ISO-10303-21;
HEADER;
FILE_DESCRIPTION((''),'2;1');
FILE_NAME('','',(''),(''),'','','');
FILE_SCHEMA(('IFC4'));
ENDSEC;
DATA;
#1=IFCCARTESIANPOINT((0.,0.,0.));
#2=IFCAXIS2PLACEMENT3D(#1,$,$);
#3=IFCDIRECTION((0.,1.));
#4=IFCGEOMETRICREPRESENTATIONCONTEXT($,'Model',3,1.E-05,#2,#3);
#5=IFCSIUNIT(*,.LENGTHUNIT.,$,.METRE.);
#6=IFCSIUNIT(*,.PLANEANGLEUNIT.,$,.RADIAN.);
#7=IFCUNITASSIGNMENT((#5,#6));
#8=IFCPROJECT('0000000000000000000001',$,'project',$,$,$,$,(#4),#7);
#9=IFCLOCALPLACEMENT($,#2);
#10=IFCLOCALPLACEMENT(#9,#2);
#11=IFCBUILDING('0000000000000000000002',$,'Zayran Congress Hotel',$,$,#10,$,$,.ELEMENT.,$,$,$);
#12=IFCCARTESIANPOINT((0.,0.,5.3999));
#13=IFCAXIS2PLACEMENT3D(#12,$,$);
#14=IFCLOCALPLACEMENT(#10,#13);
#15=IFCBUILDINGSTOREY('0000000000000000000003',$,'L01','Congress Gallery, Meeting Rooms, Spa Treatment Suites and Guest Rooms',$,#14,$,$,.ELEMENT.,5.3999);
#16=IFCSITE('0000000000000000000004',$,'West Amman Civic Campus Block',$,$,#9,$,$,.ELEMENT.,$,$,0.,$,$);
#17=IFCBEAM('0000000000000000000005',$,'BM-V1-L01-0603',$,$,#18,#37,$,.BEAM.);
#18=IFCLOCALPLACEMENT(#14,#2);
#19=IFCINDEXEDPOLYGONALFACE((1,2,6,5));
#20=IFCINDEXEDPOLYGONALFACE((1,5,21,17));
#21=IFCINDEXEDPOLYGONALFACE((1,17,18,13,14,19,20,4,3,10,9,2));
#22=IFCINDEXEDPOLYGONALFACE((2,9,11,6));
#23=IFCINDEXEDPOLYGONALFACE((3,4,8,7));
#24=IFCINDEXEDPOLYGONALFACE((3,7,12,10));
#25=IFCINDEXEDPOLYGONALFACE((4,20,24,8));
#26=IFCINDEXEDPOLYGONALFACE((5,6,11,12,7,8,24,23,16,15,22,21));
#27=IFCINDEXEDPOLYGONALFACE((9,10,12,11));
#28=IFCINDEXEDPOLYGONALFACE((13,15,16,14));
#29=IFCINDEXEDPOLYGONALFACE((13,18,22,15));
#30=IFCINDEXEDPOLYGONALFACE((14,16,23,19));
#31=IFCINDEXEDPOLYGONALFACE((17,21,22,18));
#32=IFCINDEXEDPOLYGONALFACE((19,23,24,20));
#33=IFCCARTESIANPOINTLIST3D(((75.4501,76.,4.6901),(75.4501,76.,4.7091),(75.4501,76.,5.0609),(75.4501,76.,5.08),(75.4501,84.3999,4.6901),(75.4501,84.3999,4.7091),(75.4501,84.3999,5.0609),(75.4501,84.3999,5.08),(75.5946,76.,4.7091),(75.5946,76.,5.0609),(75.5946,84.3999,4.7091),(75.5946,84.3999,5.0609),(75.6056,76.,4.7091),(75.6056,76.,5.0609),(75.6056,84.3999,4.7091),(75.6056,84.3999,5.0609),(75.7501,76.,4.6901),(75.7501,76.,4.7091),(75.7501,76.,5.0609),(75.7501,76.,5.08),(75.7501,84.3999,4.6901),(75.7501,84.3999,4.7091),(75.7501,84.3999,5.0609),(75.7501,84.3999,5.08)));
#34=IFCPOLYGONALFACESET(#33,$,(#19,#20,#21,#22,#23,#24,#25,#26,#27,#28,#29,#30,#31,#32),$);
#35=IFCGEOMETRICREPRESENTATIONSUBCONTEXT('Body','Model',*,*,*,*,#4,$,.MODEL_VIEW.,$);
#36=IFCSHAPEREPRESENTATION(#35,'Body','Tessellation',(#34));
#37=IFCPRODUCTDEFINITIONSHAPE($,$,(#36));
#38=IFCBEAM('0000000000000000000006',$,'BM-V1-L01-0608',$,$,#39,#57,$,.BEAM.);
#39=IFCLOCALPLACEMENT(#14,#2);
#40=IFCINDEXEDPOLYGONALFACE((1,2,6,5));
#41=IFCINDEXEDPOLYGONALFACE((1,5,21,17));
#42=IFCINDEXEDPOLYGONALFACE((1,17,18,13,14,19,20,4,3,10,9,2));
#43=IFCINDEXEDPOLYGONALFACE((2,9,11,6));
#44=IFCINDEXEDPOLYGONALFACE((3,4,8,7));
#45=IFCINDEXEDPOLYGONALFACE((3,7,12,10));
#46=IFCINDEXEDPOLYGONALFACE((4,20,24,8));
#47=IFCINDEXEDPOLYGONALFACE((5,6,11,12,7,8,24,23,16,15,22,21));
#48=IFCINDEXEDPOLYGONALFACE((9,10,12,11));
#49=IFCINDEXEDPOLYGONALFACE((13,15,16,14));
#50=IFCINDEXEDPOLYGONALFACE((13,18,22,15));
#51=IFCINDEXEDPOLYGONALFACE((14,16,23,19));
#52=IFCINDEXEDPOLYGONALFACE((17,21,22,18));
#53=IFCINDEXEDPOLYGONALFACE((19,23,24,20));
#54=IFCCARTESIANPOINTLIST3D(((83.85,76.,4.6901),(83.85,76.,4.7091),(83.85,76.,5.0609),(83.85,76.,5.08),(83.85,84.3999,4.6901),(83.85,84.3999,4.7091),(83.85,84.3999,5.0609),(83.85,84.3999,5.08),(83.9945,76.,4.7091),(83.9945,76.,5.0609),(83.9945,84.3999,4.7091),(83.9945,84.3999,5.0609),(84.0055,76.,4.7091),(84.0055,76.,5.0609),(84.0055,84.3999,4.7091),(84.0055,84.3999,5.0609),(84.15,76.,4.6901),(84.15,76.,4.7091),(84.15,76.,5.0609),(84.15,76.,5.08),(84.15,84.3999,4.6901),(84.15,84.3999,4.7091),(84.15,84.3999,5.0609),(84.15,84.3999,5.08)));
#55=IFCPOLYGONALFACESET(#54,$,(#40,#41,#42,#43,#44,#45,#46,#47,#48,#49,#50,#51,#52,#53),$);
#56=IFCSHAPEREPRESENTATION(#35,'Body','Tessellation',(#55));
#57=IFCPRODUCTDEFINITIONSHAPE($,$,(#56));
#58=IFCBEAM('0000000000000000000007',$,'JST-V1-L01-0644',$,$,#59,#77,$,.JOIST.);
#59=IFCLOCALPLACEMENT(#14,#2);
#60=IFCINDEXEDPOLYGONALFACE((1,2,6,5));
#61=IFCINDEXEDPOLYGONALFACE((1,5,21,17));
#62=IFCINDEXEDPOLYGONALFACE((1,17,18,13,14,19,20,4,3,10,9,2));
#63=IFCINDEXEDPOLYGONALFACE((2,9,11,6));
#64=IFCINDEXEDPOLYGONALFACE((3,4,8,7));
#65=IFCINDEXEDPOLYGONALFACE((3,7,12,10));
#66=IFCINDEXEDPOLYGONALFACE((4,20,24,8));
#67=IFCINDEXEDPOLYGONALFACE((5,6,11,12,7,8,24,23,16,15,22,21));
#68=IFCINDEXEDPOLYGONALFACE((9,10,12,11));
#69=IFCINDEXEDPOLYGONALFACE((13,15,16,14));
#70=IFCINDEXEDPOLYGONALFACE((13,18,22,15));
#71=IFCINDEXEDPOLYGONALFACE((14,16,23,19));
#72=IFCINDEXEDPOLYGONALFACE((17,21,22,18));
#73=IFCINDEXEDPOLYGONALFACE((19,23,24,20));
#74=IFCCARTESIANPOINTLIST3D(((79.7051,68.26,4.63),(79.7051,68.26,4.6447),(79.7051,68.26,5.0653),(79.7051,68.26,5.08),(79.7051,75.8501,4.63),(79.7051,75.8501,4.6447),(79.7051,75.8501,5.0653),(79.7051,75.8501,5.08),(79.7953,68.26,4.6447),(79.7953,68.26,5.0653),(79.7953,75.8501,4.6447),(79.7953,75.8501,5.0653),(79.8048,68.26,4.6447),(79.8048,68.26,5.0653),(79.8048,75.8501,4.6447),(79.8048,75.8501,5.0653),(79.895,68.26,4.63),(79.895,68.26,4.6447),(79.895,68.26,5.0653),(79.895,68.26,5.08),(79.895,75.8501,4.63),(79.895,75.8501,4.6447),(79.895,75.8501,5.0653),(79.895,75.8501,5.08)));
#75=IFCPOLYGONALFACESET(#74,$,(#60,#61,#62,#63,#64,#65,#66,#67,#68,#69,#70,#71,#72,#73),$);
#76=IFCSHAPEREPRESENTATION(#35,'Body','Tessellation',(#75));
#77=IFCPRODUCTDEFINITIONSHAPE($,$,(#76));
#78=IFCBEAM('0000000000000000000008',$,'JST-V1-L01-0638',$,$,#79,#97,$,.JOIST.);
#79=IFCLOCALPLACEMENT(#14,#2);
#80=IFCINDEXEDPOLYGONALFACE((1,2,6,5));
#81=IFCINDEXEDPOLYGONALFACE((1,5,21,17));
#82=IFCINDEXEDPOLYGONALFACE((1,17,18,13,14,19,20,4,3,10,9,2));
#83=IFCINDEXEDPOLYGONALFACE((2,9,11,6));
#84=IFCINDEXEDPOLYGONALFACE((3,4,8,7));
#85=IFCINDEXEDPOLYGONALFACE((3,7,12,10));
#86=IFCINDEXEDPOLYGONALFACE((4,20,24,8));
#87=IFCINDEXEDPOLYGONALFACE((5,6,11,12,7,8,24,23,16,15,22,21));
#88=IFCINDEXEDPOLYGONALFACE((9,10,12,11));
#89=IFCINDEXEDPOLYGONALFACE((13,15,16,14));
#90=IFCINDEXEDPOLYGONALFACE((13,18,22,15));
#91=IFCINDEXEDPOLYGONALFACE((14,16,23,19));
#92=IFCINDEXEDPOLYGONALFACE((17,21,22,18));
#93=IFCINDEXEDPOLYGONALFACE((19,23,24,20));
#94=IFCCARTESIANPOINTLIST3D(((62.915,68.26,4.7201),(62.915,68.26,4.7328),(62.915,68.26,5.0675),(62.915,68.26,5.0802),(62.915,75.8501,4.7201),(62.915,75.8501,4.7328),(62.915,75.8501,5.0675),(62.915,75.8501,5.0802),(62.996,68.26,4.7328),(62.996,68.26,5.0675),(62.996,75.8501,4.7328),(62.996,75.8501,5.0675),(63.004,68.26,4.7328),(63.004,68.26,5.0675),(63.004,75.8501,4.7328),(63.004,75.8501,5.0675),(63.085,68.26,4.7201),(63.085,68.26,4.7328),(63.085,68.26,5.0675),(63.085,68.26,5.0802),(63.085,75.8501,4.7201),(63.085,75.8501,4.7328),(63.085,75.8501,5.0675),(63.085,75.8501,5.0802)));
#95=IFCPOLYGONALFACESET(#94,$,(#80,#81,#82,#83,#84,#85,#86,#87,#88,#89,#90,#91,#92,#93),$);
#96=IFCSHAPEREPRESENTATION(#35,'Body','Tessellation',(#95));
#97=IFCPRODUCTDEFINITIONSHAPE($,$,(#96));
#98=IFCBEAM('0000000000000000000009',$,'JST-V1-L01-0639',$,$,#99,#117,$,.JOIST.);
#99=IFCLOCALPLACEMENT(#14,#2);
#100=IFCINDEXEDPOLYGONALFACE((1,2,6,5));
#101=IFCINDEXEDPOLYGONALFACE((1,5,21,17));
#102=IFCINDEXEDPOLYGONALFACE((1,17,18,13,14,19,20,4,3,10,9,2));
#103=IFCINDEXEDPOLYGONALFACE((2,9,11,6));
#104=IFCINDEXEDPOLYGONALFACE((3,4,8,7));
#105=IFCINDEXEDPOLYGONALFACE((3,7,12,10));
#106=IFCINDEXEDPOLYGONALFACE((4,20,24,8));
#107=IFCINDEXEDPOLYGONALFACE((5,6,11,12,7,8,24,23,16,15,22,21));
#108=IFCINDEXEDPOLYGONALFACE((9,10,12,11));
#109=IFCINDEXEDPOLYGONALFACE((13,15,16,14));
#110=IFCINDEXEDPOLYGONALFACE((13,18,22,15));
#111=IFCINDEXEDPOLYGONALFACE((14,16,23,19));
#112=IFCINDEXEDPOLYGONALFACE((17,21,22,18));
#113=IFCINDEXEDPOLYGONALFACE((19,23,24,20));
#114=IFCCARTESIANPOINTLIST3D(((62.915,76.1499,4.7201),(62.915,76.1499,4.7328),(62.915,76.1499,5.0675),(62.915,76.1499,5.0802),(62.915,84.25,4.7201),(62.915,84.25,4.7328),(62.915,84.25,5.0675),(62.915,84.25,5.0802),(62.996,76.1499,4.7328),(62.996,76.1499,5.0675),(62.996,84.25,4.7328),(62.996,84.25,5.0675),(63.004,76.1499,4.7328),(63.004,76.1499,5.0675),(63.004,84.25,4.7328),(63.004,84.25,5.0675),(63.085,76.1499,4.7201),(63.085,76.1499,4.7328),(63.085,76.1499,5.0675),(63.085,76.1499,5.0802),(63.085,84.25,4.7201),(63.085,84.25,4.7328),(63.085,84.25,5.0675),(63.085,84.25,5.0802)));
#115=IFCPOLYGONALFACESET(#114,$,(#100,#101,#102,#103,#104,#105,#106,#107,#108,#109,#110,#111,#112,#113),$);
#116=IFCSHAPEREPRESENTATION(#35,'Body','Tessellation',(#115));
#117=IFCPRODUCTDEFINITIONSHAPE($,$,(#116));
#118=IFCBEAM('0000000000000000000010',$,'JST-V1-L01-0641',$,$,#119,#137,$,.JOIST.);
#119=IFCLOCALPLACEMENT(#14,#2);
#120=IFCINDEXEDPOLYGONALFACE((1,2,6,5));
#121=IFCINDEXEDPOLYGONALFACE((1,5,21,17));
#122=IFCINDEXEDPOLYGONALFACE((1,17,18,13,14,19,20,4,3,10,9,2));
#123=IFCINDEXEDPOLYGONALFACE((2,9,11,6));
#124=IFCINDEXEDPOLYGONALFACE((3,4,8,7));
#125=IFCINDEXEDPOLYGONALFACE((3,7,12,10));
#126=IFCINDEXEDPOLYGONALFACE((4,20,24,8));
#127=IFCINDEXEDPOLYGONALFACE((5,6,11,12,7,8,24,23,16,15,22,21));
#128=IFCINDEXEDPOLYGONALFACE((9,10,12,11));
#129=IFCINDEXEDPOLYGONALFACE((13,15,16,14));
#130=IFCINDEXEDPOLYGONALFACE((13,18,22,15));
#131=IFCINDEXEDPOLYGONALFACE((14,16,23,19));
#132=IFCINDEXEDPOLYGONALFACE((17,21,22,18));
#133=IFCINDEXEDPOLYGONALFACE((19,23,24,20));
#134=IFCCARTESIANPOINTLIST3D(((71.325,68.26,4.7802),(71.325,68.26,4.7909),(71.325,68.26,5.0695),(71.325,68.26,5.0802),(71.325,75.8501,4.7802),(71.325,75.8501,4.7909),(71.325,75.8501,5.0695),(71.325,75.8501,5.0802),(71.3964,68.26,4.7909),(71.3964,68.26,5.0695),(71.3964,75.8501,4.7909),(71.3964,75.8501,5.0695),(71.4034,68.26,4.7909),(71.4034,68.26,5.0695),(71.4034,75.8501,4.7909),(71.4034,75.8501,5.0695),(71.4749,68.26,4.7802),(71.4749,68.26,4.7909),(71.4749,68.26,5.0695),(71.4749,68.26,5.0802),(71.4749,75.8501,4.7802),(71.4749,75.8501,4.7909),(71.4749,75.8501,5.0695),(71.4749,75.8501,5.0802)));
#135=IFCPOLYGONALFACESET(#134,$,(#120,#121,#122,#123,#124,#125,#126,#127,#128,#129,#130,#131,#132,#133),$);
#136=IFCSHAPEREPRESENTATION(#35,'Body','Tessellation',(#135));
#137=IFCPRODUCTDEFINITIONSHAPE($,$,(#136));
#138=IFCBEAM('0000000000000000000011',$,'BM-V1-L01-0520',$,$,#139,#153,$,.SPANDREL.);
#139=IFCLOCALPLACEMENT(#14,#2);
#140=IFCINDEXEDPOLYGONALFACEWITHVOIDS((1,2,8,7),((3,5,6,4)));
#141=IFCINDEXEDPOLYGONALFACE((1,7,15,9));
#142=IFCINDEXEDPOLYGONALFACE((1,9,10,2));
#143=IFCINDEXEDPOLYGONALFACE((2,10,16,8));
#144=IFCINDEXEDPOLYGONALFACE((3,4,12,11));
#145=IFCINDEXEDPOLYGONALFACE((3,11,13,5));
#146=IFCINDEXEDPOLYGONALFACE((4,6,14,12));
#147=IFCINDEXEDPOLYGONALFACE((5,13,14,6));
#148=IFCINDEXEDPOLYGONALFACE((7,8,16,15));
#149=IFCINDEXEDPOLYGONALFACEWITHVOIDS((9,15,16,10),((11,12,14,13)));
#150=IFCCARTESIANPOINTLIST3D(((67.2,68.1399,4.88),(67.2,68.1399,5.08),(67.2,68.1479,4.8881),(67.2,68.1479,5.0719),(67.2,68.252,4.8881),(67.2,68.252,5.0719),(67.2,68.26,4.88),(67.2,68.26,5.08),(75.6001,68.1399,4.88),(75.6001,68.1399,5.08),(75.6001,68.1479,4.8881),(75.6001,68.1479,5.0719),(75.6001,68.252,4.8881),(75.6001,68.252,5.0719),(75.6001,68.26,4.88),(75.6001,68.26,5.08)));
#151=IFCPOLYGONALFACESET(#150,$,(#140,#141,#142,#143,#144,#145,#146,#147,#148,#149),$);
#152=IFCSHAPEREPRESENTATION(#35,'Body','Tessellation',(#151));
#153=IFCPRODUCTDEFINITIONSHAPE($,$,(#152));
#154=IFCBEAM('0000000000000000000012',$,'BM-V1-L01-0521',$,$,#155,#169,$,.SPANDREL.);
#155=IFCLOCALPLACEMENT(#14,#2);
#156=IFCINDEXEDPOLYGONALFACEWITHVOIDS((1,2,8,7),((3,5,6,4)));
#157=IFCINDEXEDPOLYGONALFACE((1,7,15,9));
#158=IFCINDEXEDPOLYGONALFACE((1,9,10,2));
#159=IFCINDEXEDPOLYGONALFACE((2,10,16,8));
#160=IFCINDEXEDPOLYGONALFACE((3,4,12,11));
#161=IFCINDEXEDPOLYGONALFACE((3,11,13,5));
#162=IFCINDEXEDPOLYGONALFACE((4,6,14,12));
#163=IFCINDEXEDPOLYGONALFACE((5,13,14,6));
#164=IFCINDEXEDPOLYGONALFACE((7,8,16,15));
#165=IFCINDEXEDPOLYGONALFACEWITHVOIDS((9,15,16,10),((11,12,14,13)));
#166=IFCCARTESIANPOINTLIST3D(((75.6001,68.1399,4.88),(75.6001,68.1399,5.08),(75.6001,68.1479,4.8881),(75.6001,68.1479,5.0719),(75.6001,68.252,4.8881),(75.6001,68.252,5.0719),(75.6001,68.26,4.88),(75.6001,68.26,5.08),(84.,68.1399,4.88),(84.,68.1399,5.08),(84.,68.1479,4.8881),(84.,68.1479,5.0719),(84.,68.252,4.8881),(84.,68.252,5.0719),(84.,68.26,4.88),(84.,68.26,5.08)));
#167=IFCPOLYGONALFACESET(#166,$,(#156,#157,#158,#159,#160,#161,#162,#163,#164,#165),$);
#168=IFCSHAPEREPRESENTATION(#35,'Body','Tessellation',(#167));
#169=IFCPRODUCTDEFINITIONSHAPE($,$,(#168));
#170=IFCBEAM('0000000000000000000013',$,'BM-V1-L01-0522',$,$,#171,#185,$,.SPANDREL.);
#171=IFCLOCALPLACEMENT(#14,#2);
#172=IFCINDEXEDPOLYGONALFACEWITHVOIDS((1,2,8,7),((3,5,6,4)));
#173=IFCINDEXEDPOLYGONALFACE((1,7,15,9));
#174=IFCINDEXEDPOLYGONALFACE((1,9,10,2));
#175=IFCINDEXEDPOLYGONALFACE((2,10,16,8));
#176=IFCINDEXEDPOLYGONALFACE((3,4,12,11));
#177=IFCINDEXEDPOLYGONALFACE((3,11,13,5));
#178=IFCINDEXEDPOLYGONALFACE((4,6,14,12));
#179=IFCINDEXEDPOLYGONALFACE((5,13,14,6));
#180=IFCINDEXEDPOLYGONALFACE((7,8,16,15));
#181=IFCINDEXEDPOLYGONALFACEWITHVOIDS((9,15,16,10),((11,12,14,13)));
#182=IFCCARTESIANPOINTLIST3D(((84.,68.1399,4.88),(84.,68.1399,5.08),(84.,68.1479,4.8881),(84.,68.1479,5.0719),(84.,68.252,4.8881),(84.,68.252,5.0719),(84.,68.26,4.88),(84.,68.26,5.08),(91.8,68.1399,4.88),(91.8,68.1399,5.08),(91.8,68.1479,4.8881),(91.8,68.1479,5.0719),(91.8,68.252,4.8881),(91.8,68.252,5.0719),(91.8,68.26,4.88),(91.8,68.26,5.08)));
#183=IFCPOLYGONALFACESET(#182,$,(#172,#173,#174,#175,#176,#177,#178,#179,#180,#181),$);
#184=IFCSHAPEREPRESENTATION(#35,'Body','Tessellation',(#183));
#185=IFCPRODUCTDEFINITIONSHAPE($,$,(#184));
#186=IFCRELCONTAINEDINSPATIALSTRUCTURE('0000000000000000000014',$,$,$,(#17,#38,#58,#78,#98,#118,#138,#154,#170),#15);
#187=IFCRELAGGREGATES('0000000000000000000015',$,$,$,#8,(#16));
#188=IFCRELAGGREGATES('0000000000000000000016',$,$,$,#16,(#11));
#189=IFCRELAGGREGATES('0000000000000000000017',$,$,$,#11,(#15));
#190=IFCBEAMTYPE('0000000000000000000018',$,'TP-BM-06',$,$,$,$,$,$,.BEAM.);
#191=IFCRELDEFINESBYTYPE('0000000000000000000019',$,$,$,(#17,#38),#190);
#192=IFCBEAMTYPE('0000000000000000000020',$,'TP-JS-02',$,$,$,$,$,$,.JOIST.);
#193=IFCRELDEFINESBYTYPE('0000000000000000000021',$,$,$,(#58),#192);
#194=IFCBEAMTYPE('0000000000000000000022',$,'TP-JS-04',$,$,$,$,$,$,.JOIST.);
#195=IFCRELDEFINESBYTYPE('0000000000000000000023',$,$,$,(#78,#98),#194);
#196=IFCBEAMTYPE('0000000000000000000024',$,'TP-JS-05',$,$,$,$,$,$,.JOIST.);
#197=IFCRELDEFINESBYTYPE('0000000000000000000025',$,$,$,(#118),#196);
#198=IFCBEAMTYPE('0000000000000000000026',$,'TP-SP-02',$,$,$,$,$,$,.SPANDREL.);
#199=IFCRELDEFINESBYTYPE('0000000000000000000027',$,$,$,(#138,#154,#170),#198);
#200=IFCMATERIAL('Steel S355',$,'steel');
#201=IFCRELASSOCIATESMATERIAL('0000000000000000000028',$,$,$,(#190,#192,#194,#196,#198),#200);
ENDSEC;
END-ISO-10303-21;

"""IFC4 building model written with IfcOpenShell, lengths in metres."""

from ifc_helpers import new_model, si_unit, direction, frame, origin, origin_2d, place, context, subcontext, project, spatial, hollow_rectangle, i_section, extrude, material, material_profile, profile_set, type_object, element, save


model = new_model("IFC4")

# Units and contexts
model_context = context("Model", 3, precision=1e-05, world=origin(), true_north=direction((0.0, 1.0)))
body_context = subcontext(model_context, "Body", "Model", "MODEL_VIEW")
ifc_project = project(units=[si_unit("LENGTHUNIT", "METRE"), si_unit("PLANEANGLEUNIT", "RADIAN")], contexts=[model_context])

# Site, building, storey
site_placement = place(None, origin())
site = spatial("IfcSite", under=ifc_project, at=site_placement, Name="West Amman Civic Campus Block", CompositionType="ELEMENT", RefElevation=0.0)
building_placement = place(site_placement, origin())
building = spatial("IfcBuilding", under=site, at=building_placement, Name="Zayran Congress Hotel", CompositionType="ELEMENT")
storey_placement = place(building_placement, frame((0.0, 0.0, 5.3999)))
storey = spatial("IfcBuildingStorey", under=building, at=storey_placement, Name="L01", Description="Congress Gallery, Meeting Rooms, Spa Treatment Suites and Guest Rooms", CompositionType="ELEMENT", Elevation=5.3999)

# Beams
ifc_material_1 = material(Name="Steel S355", Category="steel")
ifc_material_profile_1 = material_profile(ifc_material_1, i_section(OverallWidth=0.3, OverallDepth=0.3899, WebThickness=0.011, FlangeThickness=0.019, at=origin_2d()), Name="HEA 400")
ifc_profile_set_1 = profile_set([ifc_material_profile_1], Name="Steel S355")
beam_type_1 = type_object("IfcBeamType", Name="TP-BM-06", PredefinedType="BEAM", material=ifc_profile_set_1)
for number, where, z_axis, x_axis, name in (
    (1, (75.6001, 76.0, 4.885), (0.0, 1.0, 0.0), (-1.0, 0.0, 0.0), "BM-V1-L01-0603"),
    (2, (84.0, 76.0, 4.885), (0.0, 1.0, 0.0), (-1.0, 0.0, 0.0), "BM-V1-L01-0608"),
):
    element("IfcBeam", number, at=place(storey_placement, frame(where, z_axis=z_axis, x_axis=x_axis)), inside=storey, type_object=beam_type_1, Name=name, PredefinedType="BEAM", context=body_context, shape_type="SweptSolid", body=[
        extrude(i_section(OverallWidth=0.3, OverallDepth=0.3899, WebThickness=0.011, FlangeThickness=0.019, at=origin_2d()), origin(), (0.0, 0.0, 1.0), 8.3999),
    ])
ifc_material_profile_2 = material_profile(ifc_material_1, i_section(OverallWidth=0.1899, OverallDepth=0.45, WebThickness=0.0095, FlangeThickness=0.0146, at=origin_2d()), Name="IPE 450")
ifc_profile_set_2 = profile_set([ifc_material_profile_2], Name="Steel S355")
beam_type_2 = type_object("IfcBeamType", Name="TP-JS-02", PredefinedType="JOIST", material=ifc_profile_set_2)
beam_1_placement = place(storey_placement, frame((79.8, 68.26, 4.855), z_axis=(0.0, 1.0, 0.0), x_axis=(-1.0, 0.0, 0.0)))
element("IfcBeam", 3, at=beam_1_placement, inside=storey, type_object=beam_type_2, Name="JST-V1-L01-0644", PredefinedType="JOIST", context=body_context, shape_type="SweptSolid", body=[
    extrude(i_section(OverallWidth=0.1899, OverallDepth=0.45, WebThickness=0.0095, FlangeThickness=0.0146, at=origin_2d()), origin(), (0.0, 0.0, 1.0), 7.5901),
])
ifc_material_profile_3 = material_profile(ifc_material_1, i_section(OverallWidth=0.1699, OverallDepth=0.3601, WebThickness=0.0081, FlangeThickness=0.0127, at=origin_2d()), Name="IPE 360")
ifc_profile_set_3 = profile_set([ifc_material_profile_3], Name="Steel S355")
beam_type_3 = type_object("IfcBeamType", Name="TP-JS-04", PredefinedType="JOIST", material=ifc_profile_set_3)
beam_2_placement = place(storey_placement, frame((63.0, 68.26, 4.9001), z_axis=(0.0, 1.0, 0.0), x_axis=(-1.0, 0.0, 0.0)))
element("IfcBeam", 4, at=beam_2_placement, inside=storey, type_object=beam_type_3, Name="JST-V1-L01-0638", PredefinedType="JOIST", context=body_context, shape_type="SweptSolid", body=[
    extrude(i_section(OverallWidth=0.1699, OverallDepth=0.3601, WebThickness=0.0081, FlangeThickness=0.0127, at=origin_2d()), origin(), (0.0, 0.0, 1.0), 7.5901),
])
beam_3_placement = place(storey_placement, frame((63.0, 76.1499, 4.9001), z_axis=(0.0, 1.0, 0.0), x_axis=(-1.0, 0.0, 0.0)))
element("IfcBeam", 5, at=beam_3_placement, inside=storey, type_object=beam_type_3, Name="JST-V1-L01-0639", PredefinedType="JOIST", context=body_context, shape_type="SweptSolid", body=[
    extrude(i_section(OverallWidth=0.1699, OverallDepth=0.3601, WebThickness=0.0081, FlangeThickness=0.0127, at=origin_2d()), origin(), (0.0, 0.0, 1.0), 8.1001),
])
ifc_material_profile_4 = material_profile(ifc_material_1, i_section(OverallWidth=0.1499, OverallDepth=0.3, WebThickness=0.0071, FlangeThickness=0.0107, at=origin_2d()), Name="IPE 300")
ifc_profile_set_4 = profile_set([ifc_material_profile_4], Name="Steel S355")
beam_type_4 = type_object("IfcBeamType", Name="TP-JS-05", PredefinedType="JOIST", material=ifc_profile_set_4)
beam_4_placement = place(storey_placement, frame((71.3999, 68.26, 4.9302), z_axis=(0.0, 1.0, 0.0), x_axis=(-1.0, 0.0, 0.0)))
element("IfcBeam", 6, at=beam_4_placement, inside=storey, type_object=beam_type_4, Name="JST-V1-L01-0641", PredefinedType="JOIST", context=body_context, shape_type="SweptSolid", body=[
    extrude(i_section(OverallWidth=0.1499, OverallDepth=0.3, WebThickness=0.0071, FlangeThickness=0.0107, at=origin_2d()), origin(), (0.0, 0.0, 1.0), 7.5901),
])
ifc_material_profile_5 = material_profile(ifc_material_1, hollow_rectangle(XDim=0.1201, YDim=0.2, WallThickness=0.0081, at=origin_2d()), Name="RHS 200x120x8")
ifc_profile_set_5 = profile_set([ifc_material_profile_5], Name="Steel S355")
beam_type_5 = type_object("IfcBeamType", Name="TP-SP-02", PredefinedType="SPANDREL", material=ifc_profile_set_5)
beam_5_placement = place(storey_placement, frame((67.2, 68.2, 4.98), z_axis=(1.0, 0.0, 0.0), x_axis=(0.0, 1.0, 0.0)))
element("IfcBeam", 7, at=beam_5_placement, inside=storey, type_object=beam_type_5, Name="BM-V1-L01-0520", PredefinedType="SPANDREL", context=body_context, shape_type="SweptSolid", body=[
    extrude(hollow_rectangle(XDim=0.1201, YDim=0.2, WallThickness=0.0081, at=origin_2d()), origin(), (0.0, 0.0, 1.0), 8.4001),
])
beam_6_placement = place(storey_placement, frame((75.6001, 68.2, 4.98), z_axis=(1.0, 0.0, 0.0), x_axis=(0.0, 1.0, 0.0)))
element("IfcBeam", 8, at=beam_6_placement, inside=storey, type_object=beam_type_5, Name="BM-V1-L01-0521", PredefinedType="SPANDREL", context=body_context, shape_type="SweptSolid", body=[
    extrude(hollow_rectangle(XDim=0.1201, YDim=0.2, WallThickness=0.0081, at=origin_2d()), origin(), (0.0, 0.0, 1.0), 8.3999),
])
beam_7_placement = place(storey_placement, frame((84.0, 68.2, 4.98), z_axis=(1.0, 0.0, 0.0), x_axis=(0.0, 1.0, 0.0)))
element("IfcBeam", 9, at=beam_7_placement, inside=storey, type_object=beam_type_5, Name="BM-V1-L01-0522", PredefinedType="SPANDREL", context=body_context, shape_type="SweptSolid", body=[
    extrude(hollow_rectangle(XDim=0.1201, YDim=0.2, WallThickness=0.0081, at=origin_2d()), origin(), (0.0, 0.0, 1.0), 7.8),
])

save(model, "model.ifc")
